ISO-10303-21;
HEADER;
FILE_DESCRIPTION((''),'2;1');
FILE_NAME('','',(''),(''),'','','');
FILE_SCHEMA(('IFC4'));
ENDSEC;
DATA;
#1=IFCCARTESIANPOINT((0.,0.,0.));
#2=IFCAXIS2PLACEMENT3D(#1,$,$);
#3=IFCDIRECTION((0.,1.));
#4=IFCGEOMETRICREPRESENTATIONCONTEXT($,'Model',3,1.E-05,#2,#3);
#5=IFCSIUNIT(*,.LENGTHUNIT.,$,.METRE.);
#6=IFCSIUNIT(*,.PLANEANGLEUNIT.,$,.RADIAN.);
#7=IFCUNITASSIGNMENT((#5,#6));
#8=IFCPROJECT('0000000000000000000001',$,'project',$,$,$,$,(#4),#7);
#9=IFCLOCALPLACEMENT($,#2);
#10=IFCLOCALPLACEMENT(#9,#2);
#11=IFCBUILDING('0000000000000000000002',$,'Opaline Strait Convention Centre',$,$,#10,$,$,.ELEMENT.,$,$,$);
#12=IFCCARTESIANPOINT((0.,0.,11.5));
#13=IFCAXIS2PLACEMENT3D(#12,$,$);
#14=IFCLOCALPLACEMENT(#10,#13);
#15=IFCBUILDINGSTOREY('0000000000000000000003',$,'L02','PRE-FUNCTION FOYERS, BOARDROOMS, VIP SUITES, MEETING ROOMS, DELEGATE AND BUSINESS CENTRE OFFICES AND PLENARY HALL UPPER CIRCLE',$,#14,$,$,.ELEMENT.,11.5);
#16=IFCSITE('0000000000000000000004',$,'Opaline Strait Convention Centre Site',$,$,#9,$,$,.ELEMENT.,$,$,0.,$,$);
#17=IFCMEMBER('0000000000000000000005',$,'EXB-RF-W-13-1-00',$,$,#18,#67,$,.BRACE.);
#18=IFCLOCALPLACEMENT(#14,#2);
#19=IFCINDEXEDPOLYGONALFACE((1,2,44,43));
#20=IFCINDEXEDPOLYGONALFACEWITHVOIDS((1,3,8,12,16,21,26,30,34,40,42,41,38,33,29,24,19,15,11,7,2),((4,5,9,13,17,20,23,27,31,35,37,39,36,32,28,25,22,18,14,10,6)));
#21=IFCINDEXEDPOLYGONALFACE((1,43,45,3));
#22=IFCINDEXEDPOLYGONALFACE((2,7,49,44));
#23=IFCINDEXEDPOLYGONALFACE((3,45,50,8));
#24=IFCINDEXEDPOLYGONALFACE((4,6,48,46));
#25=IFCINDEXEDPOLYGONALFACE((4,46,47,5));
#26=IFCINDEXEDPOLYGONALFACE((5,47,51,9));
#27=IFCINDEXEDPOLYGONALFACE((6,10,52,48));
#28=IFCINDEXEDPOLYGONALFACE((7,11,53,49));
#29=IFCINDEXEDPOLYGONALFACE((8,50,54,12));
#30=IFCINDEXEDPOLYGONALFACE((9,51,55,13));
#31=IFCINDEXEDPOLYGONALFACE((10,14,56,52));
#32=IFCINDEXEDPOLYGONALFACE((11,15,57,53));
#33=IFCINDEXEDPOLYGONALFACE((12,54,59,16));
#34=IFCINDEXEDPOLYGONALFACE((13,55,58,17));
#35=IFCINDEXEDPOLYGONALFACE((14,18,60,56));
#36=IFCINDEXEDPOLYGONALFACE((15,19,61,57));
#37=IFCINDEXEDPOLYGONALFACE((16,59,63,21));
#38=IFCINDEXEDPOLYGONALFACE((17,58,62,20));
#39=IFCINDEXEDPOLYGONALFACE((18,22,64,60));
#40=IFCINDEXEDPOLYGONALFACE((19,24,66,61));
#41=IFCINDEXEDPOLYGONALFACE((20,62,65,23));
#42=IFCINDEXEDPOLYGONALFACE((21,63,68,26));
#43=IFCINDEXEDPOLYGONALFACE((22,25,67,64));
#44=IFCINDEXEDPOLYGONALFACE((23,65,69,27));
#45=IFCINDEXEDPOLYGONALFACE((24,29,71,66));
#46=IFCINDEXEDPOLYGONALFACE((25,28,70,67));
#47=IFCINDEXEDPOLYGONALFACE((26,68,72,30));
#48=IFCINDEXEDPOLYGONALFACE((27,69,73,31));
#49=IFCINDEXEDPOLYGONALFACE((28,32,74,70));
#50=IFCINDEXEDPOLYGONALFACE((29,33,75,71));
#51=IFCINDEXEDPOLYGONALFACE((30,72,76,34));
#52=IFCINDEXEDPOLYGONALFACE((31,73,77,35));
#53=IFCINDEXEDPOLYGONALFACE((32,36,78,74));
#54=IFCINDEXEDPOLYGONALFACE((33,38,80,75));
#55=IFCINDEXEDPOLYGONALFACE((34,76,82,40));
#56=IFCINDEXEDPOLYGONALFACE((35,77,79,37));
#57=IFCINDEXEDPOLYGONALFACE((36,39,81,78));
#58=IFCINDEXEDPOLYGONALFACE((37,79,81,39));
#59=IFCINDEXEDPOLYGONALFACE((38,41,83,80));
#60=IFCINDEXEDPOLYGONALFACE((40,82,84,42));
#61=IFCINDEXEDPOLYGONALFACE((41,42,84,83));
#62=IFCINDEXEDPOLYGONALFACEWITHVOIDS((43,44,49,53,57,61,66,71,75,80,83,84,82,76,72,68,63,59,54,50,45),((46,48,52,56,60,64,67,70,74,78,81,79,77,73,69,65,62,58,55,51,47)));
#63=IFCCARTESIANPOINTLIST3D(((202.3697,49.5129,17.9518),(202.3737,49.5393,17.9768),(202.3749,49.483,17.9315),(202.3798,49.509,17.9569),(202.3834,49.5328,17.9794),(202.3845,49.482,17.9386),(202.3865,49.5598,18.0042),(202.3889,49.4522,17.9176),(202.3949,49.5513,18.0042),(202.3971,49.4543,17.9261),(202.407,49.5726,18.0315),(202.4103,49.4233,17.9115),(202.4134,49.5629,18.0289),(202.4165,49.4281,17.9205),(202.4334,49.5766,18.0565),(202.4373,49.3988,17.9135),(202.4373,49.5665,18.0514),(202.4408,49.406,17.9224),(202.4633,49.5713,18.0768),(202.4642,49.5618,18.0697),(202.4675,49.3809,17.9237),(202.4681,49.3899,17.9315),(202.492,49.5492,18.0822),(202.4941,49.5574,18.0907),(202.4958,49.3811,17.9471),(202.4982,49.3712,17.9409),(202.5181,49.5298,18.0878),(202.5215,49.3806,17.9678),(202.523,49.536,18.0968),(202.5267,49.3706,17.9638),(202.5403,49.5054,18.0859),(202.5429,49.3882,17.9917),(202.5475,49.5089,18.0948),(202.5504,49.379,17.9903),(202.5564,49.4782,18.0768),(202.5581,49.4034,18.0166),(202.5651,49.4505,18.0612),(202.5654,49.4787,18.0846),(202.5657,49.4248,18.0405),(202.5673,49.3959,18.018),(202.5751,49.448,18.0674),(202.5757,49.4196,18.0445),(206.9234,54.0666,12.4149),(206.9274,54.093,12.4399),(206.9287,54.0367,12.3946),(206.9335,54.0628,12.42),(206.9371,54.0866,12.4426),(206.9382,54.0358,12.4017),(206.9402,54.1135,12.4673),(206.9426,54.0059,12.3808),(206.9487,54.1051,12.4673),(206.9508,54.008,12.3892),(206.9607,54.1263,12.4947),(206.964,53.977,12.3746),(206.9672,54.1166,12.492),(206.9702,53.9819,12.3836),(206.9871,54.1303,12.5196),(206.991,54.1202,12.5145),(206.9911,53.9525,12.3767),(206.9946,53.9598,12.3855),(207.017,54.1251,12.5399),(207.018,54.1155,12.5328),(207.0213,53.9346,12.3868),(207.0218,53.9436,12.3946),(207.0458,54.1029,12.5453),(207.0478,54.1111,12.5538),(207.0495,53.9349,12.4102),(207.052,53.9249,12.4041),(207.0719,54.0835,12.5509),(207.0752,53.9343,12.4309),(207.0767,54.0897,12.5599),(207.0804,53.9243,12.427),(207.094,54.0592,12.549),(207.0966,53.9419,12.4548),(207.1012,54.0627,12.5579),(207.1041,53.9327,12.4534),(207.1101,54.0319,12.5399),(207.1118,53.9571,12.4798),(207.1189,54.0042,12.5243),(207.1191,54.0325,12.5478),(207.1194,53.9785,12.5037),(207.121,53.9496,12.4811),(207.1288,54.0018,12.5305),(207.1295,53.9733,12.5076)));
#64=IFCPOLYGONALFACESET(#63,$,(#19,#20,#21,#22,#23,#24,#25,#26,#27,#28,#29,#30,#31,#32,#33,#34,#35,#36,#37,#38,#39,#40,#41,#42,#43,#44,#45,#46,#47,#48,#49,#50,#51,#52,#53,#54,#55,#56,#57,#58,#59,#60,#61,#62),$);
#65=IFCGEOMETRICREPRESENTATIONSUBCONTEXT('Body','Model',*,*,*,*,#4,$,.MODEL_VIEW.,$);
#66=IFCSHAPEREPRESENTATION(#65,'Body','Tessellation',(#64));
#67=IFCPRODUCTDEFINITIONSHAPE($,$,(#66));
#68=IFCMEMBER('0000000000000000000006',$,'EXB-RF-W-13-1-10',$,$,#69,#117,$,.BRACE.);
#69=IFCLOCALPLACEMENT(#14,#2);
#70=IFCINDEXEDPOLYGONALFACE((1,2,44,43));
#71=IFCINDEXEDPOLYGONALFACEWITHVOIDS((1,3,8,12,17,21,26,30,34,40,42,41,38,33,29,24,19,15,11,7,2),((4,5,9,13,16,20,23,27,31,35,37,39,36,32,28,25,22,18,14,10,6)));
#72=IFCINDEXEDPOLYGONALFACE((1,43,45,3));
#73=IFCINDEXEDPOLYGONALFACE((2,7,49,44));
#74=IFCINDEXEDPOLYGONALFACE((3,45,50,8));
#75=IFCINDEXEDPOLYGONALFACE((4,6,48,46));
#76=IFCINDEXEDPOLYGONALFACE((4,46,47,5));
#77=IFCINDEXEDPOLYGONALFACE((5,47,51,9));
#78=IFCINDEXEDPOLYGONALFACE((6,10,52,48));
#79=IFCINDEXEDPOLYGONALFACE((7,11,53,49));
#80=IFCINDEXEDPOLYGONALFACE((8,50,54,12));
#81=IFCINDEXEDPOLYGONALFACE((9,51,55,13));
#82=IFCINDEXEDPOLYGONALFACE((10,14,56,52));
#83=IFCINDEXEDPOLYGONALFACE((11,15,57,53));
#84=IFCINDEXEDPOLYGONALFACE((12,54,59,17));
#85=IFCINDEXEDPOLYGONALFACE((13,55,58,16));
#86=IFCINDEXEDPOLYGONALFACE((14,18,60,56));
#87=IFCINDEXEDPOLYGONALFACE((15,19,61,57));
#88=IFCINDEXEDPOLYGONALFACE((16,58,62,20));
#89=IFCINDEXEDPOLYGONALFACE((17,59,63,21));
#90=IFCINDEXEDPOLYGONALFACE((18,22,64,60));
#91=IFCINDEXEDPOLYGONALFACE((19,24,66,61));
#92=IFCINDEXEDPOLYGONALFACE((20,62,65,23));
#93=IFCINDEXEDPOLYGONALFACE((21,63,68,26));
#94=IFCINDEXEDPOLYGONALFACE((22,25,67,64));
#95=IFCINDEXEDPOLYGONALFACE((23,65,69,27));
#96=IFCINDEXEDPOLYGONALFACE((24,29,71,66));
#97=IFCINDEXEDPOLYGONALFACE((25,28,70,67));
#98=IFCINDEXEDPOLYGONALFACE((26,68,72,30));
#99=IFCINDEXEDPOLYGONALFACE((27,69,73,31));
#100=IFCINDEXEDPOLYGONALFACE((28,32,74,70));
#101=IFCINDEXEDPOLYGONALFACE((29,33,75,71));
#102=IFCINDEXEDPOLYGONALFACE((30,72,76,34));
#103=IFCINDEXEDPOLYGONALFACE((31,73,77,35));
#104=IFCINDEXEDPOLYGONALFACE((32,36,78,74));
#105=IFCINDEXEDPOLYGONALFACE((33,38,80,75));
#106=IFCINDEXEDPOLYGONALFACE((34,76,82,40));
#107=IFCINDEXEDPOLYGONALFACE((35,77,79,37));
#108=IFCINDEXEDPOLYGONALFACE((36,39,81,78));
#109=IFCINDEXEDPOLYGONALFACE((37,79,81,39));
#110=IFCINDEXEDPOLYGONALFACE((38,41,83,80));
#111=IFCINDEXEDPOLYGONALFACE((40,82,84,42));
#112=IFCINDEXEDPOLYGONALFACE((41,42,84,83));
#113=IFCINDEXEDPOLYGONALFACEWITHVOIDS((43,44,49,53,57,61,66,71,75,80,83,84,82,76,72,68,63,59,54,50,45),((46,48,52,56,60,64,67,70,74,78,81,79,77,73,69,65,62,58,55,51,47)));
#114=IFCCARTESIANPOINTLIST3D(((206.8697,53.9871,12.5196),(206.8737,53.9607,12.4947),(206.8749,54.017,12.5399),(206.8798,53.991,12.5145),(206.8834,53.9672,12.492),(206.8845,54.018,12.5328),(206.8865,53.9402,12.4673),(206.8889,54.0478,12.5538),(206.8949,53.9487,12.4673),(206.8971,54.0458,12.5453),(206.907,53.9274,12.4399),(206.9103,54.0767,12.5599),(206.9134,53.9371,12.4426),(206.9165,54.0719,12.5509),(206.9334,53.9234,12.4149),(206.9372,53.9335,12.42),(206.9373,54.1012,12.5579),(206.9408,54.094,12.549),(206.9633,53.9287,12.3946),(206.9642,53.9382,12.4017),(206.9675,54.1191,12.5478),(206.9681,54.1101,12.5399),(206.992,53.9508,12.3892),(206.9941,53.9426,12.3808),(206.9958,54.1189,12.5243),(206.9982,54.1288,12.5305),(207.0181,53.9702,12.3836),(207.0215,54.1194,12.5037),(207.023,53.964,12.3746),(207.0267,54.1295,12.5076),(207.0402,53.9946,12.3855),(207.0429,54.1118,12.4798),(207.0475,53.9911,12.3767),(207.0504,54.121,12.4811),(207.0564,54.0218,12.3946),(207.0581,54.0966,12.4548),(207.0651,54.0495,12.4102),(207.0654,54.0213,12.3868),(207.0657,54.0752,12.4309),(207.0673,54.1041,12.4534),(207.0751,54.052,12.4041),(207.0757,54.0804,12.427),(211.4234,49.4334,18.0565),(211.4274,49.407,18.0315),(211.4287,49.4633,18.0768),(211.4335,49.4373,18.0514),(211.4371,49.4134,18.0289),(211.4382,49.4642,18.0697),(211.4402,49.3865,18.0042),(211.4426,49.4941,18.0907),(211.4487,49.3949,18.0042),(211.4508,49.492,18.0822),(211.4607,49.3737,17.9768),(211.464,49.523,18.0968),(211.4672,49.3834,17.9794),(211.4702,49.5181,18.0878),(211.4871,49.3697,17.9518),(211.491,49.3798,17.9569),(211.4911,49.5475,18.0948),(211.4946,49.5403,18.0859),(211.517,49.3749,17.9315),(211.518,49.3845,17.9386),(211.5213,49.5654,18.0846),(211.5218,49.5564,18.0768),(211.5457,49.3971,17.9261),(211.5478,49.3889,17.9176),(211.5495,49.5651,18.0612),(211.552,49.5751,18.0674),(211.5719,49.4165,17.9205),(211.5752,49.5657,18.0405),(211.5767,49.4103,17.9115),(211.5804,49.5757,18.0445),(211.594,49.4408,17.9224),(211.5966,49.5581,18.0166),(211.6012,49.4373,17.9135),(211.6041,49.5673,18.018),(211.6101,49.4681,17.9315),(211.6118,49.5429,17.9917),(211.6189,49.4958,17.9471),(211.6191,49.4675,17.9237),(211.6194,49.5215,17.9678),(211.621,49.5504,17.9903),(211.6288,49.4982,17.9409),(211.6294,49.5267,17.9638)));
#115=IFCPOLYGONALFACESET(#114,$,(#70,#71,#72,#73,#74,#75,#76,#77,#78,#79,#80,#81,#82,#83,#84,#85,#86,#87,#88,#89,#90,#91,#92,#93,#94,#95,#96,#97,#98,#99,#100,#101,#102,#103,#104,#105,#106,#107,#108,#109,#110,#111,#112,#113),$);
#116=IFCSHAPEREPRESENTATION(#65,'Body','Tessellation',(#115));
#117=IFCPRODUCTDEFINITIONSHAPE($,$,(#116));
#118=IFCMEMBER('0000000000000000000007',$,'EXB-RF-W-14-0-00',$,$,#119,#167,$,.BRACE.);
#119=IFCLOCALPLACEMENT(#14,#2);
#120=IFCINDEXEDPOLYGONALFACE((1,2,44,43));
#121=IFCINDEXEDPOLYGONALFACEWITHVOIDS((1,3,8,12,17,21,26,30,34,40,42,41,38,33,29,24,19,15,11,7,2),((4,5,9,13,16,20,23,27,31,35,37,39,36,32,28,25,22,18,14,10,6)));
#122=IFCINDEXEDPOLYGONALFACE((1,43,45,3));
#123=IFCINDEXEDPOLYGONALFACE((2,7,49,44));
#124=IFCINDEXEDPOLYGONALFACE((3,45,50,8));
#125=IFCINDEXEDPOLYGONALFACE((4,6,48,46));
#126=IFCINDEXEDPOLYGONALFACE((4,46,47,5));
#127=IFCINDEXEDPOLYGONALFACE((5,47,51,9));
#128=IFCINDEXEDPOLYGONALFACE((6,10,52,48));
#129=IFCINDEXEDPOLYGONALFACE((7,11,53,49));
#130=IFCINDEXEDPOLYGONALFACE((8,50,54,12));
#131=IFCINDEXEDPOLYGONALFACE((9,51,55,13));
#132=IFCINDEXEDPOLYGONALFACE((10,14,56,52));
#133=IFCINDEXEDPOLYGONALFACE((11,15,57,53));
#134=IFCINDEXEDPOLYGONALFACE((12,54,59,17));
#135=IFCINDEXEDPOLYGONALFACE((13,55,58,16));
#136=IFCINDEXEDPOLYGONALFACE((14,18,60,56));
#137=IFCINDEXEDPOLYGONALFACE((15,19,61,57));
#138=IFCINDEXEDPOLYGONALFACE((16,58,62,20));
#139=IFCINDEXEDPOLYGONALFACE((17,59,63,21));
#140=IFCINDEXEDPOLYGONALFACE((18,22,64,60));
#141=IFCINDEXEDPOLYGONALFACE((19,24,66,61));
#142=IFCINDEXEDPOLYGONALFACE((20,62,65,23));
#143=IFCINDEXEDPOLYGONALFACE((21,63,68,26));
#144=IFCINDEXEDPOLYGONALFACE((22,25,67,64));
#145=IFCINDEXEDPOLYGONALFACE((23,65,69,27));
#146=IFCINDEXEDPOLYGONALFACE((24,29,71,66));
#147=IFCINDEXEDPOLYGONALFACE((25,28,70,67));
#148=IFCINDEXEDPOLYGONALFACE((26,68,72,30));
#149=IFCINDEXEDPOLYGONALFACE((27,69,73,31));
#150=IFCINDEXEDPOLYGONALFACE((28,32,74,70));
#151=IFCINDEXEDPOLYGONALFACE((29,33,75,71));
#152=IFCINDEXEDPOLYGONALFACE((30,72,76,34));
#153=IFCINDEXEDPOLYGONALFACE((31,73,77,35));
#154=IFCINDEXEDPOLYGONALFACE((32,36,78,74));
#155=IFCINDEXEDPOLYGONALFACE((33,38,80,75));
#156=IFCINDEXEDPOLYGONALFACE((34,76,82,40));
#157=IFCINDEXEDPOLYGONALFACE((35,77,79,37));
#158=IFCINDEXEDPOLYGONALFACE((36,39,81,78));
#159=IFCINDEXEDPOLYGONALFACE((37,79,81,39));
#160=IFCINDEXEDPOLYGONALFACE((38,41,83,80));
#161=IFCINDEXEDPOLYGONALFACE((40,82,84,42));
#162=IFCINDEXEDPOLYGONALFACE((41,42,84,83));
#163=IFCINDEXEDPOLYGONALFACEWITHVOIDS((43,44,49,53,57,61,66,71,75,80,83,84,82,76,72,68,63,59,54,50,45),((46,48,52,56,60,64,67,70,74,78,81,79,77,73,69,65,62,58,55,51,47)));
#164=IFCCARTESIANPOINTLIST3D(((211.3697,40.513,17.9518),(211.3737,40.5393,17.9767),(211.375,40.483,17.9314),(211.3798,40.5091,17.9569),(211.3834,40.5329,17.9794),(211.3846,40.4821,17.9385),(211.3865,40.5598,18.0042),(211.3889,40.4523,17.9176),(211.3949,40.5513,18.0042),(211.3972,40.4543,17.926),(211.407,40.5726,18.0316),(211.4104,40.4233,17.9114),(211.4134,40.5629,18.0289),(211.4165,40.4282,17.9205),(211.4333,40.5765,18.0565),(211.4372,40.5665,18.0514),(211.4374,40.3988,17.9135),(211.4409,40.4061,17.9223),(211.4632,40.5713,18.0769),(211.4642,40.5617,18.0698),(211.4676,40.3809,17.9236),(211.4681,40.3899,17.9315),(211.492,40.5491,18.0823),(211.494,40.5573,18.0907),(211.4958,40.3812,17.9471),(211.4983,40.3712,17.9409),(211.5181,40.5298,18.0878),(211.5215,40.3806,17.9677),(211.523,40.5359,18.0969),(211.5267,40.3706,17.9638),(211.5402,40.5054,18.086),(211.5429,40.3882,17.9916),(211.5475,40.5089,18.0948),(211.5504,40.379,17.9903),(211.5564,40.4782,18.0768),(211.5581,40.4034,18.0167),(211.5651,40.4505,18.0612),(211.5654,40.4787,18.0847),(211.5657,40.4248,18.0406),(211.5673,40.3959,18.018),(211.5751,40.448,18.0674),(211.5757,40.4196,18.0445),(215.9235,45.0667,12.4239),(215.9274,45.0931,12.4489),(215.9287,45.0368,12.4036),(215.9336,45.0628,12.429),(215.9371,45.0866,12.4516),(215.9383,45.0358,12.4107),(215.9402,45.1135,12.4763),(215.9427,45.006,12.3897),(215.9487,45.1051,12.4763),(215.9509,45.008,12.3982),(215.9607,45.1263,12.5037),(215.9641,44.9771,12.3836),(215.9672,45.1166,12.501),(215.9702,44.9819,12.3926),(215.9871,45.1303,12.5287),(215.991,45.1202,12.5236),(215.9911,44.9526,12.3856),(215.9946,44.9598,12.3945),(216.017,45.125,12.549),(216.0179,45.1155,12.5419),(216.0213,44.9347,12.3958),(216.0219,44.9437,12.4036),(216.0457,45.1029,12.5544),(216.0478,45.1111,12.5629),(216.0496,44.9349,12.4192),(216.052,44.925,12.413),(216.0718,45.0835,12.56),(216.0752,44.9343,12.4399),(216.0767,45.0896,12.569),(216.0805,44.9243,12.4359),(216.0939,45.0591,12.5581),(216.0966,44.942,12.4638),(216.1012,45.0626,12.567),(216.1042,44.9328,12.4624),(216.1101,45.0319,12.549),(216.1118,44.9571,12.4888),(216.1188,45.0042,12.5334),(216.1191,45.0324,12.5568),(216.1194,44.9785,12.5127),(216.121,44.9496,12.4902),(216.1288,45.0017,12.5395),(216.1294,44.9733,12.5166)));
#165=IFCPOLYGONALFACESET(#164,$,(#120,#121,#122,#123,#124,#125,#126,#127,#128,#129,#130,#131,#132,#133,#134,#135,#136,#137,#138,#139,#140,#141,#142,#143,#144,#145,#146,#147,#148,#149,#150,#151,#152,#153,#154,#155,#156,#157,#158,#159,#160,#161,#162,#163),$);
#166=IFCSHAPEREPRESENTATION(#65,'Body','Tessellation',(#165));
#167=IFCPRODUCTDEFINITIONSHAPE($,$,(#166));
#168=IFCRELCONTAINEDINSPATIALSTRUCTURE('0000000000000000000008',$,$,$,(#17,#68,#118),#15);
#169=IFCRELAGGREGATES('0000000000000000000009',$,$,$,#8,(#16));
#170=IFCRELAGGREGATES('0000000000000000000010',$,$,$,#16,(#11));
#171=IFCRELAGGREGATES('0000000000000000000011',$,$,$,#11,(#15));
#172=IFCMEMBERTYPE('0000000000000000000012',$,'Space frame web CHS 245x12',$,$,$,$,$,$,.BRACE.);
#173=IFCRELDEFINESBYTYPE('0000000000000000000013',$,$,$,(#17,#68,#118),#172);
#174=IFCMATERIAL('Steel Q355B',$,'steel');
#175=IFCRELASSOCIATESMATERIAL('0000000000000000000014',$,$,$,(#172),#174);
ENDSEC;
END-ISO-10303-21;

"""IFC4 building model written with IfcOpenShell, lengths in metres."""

from ifc_helpers import new_model, si_unit, direction, frame, origin, origin_2d, place, context, subcontext, project, spatial, hollow_circle, extrude, material, material_profile, profile_set, type_object, element, save


model = new_model("IFC4")

# Units and contexts
model_context = context("Model", 3, precision=1e-05, world=origin(), true_north=direction((0.0, 1.0)))
body_context = subcontext(model_context, "Body", "Model", "MODEL_VIEW")
ifc_project = project(units=[si_unit("LENGTHUNIT", "METRE"), si_unit("PLANEANGLEUNIT", "RADIAN")], contexts=[model_context])

# Site, building, storey
site_placement = place(None, origin())
site = spatial("IfcSite", under=ifc_project, at=site_placement, Name="Opaline Strait Convention Centre Site", CompositionType="ELEMENT", RefElevation=0.0)
building_placement = place(site_placement, origin())
building = spatial("IfcBuilding", under=site, at=building_placement, Name="Opaline Strait Convention Centre", CompositionType="ELEMENT")
storey_placement = place(building_placement, frame((0.0, 0.0, 11.5)))
storey = spatial("IfcBuildingStorey", under=building, at=storey_placement, Name="L02", Description="PRE-FUNCTION FOYERS, BOARDROOMS, VIP SUITES, MEETING ROOMS, DELEGATE AND BUSINESS CENTRE OFFICES AND PLENARY HALL UPPER CIRCLE", CompositionType="ELEMENT", Elevation=11.5)

# Members
ifc_material_1 = material(Name="Steel Q355B", Category="steel")
ifc_material_profile_1 = material_profile(ifc_material_1, hollow_circle(Radius=0.1226, WallThickness=0.012, at=origin_2d()), Name="CHS 245x12")
ifc_profile_set_1 = profile_set([ifc_material_profile_1], Name="Steel Q355B")
member_type_1 = type_object("IfcMemberType", Name="Space frame web CHS 245x12", PredefinedType="BRACE", material=ifc_profile_set_1)
for number, where, z_axis, x_axis, name in (
    (1, (202.4731, 49.4731, 18.0042), (0.536178, 0.536178, -0.65194), (-0.707107, 0.707107, 0.0), "EXB-RF-W-13-1-00"),
    (2, (211.5269, 49.4731, 18.0042), (-0.536178, 0.536178, -0.65194), (-0.707107, -0.707107, 0.0), "EXB-RF-W-13-1-10"),
):
    element("IfcMember", number, at=place(storey_placement, frame(where, z_axis=z_axis, x_axis=x_axis)), inside=storey, type_object=member_type_1, Name=name, PredefinedType="BRACE", context=body_context, shape_type="SweptSolid", body=[
        extrude(hollow_circle(Radius=0.1226, WallThickness=0.012, at=origin_2d()), origin(), (0.0, 0.0, 1.0), 8.4929),
    ])
member_1_placement = place(storey_placement, frame((211.4731, 40.4731, 18.0042), z_axis=(0.53655, 0.53655, -0.651328), x_axis=(-0.707107, 0.707107, 0.0)))
element("IfcMember", 3, at=member_1_placement, inside=storey, type_object=member_type_1, Name="EXB-RF-W-14-0-00", PredefinedType="BRACE", context=body_context, shape_type="SweptSolid", body=[
    extrude(hollow_circle(Radius=0.1226, WallThickness=0.012, at=origin_2d()), origin(), (0.0, 0.0, 1.0), 8.4871),
])

save(model, "model.ifc")
